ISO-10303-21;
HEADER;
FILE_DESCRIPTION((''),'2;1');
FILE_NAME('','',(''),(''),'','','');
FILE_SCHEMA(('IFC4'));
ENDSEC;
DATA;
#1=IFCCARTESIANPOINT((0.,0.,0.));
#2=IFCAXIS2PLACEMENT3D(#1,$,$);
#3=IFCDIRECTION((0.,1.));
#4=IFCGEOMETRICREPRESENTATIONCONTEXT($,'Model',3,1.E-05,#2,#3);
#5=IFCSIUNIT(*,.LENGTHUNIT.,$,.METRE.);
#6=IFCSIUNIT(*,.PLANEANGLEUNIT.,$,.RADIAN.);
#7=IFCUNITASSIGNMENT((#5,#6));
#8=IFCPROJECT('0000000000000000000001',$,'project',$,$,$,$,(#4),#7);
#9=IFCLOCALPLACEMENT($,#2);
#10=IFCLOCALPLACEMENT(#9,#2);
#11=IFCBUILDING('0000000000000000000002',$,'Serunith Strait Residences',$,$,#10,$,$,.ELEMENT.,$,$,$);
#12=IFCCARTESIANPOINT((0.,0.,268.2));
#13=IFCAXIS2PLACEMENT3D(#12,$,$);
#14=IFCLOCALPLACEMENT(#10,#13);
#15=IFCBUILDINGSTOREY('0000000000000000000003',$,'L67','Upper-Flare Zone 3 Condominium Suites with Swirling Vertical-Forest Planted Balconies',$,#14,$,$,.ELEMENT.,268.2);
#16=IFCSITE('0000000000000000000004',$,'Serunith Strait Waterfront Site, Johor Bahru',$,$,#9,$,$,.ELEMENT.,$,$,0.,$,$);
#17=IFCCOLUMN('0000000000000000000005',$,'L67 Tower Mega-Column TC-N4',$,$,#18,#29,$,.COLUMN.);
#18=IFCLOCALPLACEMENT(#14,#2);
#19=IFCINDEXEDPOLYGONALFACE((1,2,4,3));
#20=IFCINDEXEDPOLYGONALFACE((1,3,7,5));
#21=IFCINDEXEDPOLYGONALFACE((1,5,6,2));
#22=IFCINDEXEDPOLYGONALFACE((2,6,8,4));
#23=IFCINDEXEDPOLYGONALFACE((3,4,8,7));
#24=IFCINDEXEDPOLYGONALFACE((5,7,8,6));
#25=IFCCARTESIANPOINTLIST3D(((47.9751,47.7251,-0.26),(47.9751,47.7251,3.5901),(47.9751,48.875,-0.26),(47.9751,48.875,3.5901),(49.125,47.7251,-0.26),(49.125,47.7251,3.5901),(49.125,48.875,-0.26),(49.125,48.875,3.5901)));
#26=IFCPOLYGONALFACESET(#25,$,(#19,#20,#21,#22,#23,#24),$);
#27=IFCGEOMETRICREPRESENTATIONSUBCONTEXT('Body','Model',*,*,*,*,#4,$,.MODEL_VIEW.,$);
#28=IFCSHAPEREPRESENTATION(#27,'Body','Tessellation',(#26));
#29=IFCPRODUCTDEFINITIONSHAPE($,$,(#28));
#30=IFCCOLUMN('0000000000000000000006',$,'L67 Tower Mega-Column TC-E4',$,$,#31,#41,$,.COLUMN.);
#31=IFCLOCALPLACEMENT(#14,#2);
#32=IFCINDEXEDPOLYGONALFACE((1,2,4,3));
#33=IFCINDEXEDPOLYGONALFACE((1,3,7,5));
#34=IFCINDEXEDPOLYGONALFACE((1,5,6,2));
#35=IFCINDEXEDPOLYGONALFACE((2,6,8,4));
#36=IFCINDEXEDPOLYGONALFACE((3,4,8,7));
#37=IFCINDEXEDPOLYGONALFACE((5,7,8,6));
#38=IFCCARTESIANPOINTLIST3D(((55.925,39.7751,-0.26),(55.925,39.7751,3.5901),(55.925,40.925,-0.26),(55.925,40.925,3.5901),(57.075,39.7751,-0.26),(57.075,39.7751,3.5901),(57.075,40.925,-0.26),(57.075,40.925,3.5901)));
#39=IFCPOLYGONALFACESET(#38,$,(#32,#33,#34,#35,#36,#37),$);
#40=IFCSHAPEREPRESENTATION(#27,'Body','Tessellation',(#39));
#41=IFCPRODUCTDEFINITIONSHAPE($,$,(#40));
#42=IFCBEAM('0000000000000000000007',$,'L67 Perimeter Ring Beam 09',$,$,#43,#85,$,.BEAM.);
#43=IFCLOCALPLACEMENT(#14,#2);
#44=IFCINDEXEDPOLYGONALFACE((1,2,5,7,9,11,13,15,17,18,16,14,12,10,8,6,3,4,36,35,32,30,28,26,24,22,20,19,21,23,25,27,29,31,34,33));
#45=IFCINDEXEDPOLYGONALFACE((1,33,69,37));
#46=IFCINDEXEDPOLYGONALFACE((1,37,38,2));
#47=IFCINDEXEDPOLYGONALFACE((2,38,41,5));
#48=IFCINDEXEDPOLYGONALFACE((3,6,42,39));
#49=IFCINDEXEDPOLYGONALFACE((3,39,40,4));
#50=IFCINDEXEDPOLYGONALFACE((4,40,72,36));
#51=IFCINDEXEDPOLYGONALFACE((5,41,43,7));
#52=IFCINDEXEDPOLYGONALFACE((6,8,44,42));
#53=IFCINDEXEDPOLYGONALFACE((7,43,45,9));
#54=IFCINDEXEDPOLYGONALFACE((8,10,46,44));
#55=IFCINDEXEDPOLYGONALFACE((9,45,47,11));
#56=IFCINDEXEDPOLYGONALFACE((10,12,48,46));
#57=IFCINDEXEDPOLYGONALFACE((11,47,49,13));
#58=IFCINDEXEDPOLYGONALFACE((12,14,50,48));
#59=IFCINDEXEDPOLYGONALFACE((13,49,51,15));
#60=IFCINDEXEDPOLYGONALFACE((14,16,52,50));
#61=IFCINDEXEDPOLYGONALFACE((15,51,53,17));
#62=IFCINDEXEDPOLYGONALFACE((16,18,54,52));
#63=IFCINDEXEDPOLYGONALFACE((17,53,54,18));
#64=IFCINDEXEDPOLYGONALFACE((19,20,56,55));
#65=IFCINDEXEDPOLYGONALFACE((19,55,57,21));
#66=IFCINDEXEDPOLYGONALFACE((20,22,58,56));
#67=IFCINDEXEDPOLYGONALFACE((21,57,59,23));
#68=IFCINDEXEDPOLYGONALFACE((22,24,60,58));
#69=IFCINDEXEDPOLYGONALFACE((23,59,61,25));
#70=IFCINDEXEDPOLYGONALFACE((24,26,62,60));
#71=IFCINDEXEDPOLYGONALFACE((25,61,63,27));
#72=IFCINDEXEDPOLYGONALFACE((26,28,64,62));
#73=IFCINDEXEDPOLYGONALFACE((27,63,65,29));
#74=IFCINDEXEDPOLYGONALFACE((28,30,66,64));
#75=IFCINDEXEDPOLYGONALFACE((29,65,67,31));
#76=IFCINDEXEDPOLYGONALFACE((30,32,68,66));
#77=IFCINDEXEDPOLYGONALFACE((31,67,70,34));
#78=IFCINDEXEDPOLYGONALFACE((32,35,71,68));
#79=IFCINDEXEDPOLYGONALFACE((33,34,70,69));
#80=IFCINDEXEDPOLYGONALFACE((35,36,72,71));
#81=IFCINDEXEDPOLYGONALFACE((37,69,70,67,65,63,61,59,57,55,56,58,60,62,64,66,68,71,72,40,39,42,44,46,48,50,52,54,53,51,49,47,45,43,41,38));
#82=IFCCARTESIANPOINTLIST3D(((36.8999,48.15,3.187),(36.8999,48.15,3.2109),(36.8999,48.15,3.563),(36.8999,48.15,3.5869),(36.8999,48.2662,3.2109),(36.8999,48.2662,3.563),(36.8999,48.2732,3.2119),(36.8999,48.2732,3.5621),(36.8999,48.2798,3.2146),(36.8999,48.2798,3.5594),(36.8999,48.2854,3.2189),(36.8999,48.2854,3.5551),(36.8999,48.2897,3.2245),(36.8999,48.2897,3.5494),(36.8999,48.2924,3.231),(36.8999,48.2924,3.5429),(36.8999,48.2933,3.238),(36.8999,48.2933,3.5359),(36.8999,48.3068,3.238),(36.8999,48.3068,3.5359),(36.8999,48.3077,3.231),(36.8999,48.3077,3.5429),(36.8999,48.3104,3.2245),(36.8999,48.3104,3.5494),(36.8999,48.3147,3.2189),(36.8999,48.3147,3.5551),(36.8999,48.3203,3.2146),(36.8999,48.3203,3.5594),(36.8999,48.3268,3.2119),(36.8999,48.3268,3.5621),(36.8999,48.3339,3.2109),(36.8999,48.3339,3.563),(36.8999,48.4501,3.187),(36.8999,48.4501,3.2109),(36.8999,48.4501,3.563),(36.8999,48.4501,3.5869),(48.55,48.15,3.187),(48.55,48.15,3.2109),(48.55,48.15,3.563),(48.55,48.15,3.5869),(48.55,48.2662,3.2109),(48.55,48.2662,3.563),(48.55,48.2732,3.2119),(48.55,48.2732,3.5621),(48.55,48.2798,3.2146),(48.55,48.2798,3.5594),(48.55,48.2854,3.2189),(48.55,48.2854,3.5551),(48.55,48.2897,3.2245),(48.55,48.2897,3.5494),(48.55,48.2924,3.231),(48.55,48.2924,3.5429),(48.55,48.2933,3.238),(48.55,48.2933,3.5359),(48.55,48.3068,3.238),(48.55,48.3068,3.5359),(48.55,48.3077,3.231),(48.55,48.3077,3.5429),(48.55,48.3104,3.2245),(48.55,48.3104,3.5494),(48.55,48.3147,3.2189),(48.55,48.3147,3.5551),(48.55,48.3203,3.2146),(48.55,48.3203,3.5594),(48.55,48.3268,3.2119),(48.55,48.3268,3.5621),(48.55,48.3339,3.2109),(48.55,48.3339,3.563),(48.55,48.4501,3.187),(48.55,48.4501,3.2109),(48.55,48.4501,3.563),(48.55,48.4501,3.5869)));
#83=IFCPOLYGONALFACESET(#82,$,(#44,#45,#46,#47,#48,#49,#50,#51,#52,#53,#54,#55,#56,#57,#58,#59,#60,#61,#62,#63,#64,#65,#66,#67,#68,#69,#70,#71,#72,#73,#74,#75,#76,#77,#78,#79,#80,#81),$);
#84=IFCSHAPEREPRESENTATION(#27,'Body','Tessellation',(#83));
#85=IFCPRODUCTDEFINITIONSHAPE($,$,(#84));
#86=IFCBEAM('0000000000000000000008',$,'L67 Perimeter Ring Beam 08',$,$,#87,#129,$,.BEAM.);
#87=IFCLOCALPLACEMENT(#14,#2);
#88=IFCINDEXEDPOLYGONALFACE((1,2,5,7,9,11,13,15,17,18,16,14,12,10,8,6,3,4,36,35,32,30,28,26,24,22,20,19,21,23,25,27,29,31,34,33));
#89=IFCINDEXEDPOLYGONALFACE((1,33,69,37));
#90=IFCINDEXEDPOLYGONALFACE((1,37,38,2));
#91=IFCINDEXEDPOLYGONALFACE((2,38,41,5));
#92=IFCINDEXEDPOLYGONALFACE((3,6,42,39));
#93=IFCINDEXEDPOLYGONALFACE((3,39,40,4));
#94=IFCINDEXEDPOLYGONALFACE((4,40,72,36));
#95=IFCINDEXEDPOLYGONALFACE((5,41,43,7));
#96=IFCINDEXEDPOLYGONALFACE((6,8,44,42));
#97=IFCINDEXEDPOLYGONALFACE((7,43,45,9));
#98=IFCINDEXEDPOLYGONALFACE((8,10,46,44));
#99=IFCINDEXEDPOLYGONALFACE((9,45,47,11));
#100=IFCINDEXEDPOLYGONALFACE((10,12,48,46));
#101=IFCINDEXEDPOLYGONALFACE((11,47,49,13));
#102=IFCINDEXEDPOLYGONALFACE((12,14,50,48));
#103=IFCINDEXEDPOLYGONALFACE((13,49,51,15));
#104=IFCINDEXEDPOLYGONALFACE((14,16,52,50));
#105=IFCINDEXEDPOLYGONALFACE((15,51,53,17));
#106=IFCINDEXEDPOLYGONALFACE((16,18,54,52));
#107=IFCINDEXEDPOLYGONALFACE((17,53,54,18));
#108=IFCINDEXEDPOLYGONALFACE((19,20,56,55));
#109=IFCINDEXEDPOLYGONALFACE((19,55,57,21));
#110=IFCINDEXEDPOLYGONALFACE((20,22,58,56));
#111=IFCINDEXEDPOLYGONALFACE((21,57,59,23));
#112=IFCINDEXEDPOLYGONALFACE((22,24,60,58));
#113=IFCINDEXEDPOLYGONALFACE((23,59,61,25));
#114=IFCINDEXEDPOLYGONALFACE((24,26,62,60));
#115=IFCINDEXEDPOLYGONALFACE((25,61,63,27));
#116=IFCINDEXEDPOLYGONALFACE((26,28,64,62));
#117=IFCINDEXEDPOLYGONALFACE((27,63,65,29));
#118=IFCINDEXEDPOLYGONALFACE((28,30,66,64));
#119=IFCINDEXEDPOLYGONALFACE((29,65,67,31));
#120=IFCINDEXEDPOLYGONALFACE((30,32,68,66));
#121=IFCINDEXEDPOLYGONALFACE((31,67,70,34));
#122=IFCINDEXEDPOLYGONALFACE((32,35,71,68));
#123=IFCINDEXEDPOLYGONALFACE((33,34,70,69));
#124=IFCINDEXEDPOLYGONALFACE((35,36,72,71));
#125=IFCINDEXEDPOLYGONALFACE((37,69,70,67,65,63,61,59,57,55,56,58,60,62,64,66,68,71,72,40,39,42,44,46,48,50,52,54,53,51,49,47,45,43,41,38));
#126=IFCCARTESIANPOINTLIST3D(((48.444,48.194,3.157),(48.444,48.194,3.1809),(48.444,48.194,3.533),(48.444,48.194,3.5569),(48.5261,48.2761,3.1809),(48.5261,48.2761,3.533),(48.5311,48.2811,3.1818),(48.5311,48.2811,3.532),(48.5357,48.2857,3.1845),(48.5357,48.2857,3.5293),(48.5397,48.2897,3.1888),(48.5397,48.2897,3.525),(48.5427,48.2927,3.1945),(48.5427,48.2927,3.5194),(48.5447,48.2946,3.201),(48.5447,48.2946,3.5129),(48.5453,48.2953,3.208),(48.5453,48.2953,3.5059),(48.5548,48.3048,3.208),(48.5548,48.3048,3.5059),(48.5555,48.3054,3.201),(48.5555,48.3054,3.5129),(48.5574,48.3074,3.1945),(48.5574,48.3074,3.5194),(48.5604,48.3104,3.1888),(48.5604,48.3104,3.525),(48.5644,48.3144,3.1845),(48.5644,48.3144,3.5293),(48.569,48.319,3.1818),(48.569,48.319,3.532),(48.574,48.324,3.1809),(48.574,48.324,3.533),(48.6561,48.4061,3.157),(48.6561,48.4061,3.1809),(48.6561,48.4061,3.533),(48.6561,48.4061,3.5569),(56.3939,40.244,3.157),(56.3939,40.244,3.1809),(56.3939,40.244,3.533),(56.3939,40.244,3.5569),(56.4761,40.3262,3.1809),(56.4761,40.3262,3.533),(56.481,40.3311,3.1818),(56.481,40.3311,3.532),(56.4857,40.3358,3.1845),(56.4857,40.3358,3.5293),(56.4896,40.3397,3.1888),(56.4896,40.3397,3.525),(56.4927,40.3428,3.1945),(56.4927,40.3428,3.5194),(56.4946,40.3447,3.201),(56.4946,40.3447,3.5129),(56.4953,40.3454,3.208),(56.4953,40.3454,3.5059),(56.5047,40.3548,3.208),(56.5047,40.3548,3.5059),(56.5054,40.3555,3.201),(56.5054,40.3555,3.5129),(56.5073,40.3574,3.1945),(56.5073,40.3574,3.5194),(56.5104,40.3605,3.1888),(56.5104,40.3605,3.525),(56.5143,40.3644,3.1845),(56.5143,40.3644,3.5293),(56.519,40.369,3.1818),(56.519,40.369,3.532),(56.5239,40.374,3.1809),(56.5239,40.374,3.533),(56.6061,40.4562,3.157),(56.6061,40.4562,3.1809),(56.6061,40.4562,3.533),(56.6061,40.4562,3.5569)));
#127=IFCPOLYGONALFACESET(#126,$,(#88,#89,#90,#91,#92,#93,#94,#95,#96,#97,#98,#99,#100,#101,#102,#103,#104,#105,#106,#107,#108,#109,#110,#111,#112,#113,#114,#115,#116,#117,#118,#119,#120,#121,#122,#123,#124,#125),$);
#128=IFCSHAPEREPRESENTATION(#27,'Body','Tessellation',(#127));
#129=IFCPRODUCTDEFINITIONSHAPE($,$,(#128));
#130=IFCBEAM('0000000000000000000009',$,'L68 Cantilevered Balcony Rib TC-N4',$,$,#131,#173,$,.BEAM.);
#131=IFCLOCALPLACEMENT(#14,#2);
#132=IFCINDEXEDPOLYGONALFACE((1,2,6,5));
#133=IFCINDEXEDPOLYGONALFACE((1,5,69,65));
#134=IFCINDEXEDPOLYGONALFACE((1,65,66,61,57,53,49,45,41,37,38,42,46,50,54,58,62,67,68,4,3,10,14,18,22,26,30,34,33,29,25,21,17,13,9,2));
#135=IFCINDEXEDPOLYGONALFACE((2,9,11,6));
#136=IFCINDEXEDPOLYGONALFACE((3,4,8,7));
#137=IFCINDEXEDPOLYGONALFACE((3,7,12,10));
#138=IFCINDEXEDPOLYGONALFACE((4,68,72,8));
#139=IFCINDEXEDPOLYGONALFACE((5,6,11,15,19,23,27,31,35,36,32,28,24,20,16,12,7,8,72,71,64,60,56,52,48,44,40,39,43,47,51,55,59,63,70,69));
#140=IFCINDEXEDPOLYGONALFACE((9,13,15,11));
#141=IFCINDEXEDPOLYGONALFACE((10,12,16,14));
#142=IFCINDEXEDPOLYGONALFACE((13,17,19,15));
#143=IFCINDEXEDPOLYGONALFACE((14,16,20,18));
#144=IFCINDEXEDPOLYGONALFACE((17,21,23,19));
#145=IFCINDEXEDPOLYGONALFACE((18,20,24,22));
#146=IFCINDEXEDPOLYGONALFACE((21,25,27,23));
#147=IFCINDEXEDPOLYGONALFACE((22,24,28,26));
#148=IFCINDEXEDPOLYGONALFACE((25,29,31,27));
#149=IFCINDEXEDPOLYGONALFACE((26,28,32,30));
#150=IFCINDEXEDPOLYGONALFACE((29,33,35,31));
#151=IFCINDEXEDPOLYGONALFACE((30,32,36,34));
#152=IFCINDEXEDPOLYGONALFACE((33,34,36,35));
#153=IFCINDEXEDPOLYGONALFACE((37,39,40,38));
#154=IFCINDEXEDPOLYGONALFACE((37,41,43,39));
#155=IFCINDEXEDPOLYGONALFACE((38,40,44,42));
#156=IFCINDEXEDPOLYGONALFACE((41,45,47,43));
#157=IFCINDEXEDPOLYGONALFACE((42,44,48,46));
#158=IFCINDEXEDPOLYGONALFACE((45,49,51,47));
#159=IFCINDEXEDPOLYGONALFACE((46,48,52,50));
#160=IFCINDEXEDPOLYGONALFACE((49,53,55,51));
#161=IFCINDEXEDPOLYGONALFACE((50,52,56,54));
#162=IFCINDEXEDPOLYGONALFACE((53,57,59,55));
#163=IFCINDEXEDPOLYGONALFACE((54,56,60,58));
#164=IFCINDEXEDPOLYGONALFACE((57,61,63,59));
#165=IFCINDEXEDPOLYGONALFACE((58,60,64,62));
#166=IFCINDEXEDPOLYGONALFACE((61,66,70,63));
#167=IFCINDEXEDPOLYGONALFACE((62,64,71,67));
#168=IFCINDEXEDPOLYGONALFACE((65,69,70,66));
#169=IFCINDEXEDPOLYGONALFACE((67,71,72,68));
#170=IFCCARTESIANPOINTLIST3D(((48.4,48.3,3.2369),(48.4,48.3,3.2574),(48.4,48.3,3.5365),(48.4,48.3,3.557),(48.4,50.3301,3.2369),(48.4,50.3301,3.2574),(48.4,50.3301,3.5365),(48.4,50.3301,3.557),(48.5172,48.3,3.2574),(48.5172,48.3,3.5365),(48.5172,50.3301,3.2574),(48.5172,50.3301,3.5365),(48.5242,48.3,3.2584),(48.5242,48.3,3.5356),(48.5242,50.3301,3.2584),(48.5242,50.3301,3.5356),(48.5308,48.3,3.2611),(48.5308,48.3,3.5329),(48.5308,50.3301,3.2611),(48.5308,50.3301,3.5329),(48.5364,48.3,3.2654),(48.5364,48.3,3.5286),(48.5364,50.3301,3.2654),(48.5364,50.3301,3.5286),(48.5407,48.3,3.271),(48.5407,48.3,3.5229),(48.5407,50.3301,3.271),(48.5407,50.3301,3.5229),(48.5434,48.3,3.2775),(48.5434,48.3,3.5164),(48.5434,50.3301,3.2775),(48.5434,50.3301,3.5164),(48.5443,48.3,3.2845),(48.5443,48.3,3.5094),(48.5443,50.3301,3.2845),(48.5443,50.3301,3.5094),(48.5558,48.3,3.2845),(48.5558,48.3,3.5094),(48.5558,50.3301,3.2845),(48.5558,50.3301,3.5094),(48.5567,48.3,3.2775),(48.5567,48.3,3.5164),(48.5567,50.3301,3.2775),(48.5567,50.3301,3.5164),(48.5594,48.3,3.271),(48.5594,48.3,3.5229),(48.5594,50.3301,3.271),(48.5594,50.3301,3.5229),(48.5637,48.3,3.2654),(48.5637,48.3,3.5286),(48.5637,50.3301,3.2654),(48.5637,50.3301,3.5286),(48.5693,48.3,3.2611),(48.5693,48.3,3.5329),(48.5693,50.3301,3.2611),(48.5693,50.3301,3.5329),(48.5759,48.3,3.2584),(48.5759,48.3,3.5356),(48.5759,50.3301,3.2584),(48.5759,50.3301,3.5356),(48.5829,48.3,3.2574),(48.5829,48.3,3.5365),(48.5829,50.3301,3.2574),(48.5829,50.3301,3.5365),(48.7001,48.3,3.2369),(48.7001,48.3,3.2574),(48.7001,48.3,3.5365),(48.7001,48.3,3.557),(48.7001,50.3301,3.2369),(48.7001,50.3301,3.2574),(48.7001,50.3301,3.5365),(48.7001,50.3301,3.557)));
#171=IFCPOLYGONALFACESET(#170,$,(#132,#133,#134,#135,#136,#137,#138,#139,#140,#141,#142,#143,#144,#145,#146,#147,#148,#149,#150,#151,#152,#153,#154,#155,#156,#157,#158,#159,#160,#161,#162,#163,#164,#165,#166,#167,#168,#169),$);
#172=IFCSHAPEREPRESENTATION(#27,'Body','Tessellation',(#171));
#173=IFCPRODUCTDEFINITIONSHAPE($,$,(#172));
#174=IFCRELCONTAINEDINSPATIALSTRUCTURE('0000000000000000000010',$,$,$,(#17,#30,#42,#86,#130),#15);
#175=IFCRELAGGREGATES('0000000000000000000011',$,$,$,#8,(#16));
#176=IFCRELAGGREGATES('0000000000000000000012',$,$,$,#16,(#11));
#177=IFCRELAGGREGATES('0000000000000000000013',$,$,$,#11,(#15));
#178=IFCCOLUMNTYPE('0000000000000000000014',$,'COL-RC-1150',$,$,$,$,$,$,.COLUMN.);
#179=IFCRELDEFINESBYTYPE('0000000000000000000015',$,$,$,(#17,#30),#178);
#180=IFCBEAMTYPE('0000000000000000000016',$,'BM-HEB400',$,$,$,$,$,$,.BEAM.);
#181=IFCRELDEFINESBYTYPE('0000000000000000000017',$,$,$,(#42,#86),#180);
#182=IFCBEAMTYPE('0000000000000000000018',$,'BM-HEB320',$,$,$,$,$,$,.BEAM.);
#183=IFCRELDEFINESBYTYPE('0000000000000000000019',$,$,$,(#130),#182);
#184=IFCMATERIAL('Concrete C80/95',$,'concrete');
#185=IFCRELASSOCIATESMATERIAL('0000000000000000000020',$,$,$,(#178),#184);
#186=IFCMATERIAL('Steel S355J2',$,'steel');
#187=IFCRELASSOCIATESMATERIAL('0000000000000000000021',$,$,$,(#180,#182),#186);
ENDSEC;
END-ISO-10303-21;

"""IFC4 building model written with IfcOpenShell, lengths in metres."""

from ifc_helpers import new_model, si_unit, direction, frame, origin, origin_2d, place, context, subcontext, project, spatial, rectangle, i_section, extrude, source, transform, mapped, material, material_profile, profile_set, type_object, element, save


model = new_model("IFC4")

# Units and contexts
model_context = context("Model", 3, precision=1e-05, world=origin(), true_north=direction((0.0, 1.0)))
body_context = subcontext(model_context, "Body", "Model", "MODEL_VIEW")
ifc_project = project(units=[si_unit("LENGTHUNIT", "METRE"), si_unit("PLANEANGLEUNIT", "RADIAN")], contexts=[model_context])

# Site, building, storey
site_placement = place(None, origin())
site = spatial("IfcSite", under=ifc_project, at=site_placement, Name="Serunith Strait Waterfront Site, Johor Bahru", CompositionType="ELEMENT", RefElevation=0.0)
building_placement = place(site_placement, origin())
building = spatial("IfcBuilding", under=site, at=building_placement, Name="Serunith Strait Residences", CompositionType="ELEMENT")
storey_placement = place(building_placement, frame((0.0, 0.0, 268.2)))
storey = spatial("IfcBuildingStorey", under=building, at=storey_placement, Name="L67", Description="Upper-Flare Zone 3 Condominium Suites with Swirling Vertical-Forest Planted Balconies", CompositionType="ELEMENT", Elevation=268.2)

# Columns
ifc_material_1 = material(Name="Concrete C80/95", Category="concrete")
ifc_material_profile_1 = material_profile(ifc_material_1, rectangle(XDim=1.1499, YDim=1.1499, at=origin_2d()), Name="RC 1150x1150")
ifc_profile_set_1 = profile_set([ifc_material_profile_1], Name="Concrete C80/95")
column_type = type_object("IfcColumnType", Name="COL-RC-1150", PredefinedType="COLUMN", material=ifc_profile_set_1)
shared_shape_1 = source(origin(), body_context, "Body", "SweptSolid", [
    extrude(rectangle(XDim=1.1499, YDim=1.1499, at=origin_2d()), origin(), (0.0, 0.0, 1.0), 3.8501),
])
for number, where, z_axis, x_axis, name in (
    (1, (48.55, 48.3, -0.26), (0.0, 0.0, 1.0), (1.0, 0.0, 0.0), "L67 Tower Mega-Column TC-N4"),
    (2, (56.5, 40.3501, -0.26), (0.0, 0.0, 1.0), (1.0, 0.0, 0.0), "L67 Tower Mega-Column TC-E4"),
):
    element("IfcColumn", number, at=place(storey_placement, frame(where, z_axis=z_axis, x_axis=x_axis)), inside=storey, type_object=column_type, Name=name, PredefinedType="COLUMN", context=body_context, shape_type="MappedRepresentation", body=[
        mapped(shared_shape_1, transform((0.0, 0.0, 0.0), scale=1.0)),
    ])

# Beams
ifc_material_2 = material(Name="Steel S355J2", Category="steel")
ifc_material_profile_2 = material_profile(ifc_material_2, i_section(OverallWidth=0.3, OverallDepth=0.3999, WebThickness=0.0134, FlangeThickness=0.0239, FilletRadius=0.0271, at=origin_2d()), Name="HEB 400")
ifc_profile_set_2 = profile_set([ifc_material_profile_2], Name="Steel S355J2")
beam_type_1 = type_object("IfcBeamType", Name="BM-HEB400", PredefinedType="BEAM", material=ifc_profile_set_2)
shared_shape_2 = source(origin(), body_context, "Body", "SweptSolid", [
    extrude(i_section(OverallWidth=0.3, OverallDepth=0.3999, WebThickness=0.0134, FlangeThickness=0.0239, FilletRadius=0.0271, at=origin_2d()), origin(), (0.0, 0.0, 1.0), 11.6501),
])
beam_1_placement = place(storey_placement, frame((48.55, 48.3, 3.387), z_axis=(-1.0, 0.0, 0.0), x_axis=(0.0, -1.0, 0.0)))
element("IfcBeam", 3, at=beam_1_placement, inside=storey, type_object=beam_type_1, Name="L67 Perimeter Ring Beam 09", PredefinedType="BEAM", context=body_context, shape_type="MappedRepresentation", body=[
    mapped(shared_shape_2, transform((0.0, 0.0, 0.0), scale=1.0)),
])
shared_shape_3 = source(origin(), body_context, "Body", "SweptSolid", [
    extrude(i_section(OverallWidth=0.3, OverallDepth=0.3999, WebThickness=0.0134, FlangeThickness=0.0239, FilletRadius=0.0271, at=origin_2d()), origin(), (0.0, 0.0, 1.0), 11.2429),
])
beam_2_placement = place(storey_placement, frame((56.5, 40.3501, 3.3569), z_axis=(-0.707107, 0.707107, 0.0), x_axis=(-0.707107, -0.707107, 0.0)))
element("IfcBeam", 4, at=beam_2_placement, inside=storey, type_object=beam_type_1, Name="L67 Perimeter Ring Beam 08", PredefinedType="BEAM", context=body_context, shape_type="MappedRepresentation", body=[
    mapped(shared_shape_3, transform((0.0, 0.0, 0.0), scale=1.0)),
])
ifc_material_profile_3 = material_profile(ifc_material_2, i_section(OverallWidth=0.3, OverallDepth=0.3201, WebThickness=0.0115, FlangeThickness=0.0205, FilletRadius=0.0271, at=origin_2d()), Name="HEB 320")
ifc_profile_set_3 = profile_set([ifc_material_profile_3], Name="Steel S355J2")
beam_type_2 = type_object("IfcBeamType", Name="BM-HEB320", PredefinedType="BEAM", material=ifc_profile_set_3)
shared_shape_4 = source(origin(), body_context, "Body", "SweptSolid", [
    extrude(i_section(OverallWidth=0.3, OverallDepth=0.3201, WebThickness=0.0115, FlangeThickness=0.0205, FilletRadius=0.0271, at=origin_2d()), origin(), (0.0, 0.0, 1.0), 2.03),
])
for number, where, z_axis, x_axis, name in (
    (5, (48.55, 48.3, 3.397), (0.0, 1.0, 0.0), (-1.0, 0.0, 0.0), "L68 Cantilevered Balcony Rib TC-N4"),
):
    element("IfcBeam", number, at=place(storey_placement, frame(where, z_axis=z_axis, x_axis=x_axis)), inside=storey, type_object=beam_type_2, Name=name, PredefinedType="BEAM", context=body_context, shape_type="MappedRepresentation", body=[
        mapped(shared_shape_4, transform((0.0, 0.0, 0.0), scale=1.0)),
    ])

save(model, "model.ifc")
